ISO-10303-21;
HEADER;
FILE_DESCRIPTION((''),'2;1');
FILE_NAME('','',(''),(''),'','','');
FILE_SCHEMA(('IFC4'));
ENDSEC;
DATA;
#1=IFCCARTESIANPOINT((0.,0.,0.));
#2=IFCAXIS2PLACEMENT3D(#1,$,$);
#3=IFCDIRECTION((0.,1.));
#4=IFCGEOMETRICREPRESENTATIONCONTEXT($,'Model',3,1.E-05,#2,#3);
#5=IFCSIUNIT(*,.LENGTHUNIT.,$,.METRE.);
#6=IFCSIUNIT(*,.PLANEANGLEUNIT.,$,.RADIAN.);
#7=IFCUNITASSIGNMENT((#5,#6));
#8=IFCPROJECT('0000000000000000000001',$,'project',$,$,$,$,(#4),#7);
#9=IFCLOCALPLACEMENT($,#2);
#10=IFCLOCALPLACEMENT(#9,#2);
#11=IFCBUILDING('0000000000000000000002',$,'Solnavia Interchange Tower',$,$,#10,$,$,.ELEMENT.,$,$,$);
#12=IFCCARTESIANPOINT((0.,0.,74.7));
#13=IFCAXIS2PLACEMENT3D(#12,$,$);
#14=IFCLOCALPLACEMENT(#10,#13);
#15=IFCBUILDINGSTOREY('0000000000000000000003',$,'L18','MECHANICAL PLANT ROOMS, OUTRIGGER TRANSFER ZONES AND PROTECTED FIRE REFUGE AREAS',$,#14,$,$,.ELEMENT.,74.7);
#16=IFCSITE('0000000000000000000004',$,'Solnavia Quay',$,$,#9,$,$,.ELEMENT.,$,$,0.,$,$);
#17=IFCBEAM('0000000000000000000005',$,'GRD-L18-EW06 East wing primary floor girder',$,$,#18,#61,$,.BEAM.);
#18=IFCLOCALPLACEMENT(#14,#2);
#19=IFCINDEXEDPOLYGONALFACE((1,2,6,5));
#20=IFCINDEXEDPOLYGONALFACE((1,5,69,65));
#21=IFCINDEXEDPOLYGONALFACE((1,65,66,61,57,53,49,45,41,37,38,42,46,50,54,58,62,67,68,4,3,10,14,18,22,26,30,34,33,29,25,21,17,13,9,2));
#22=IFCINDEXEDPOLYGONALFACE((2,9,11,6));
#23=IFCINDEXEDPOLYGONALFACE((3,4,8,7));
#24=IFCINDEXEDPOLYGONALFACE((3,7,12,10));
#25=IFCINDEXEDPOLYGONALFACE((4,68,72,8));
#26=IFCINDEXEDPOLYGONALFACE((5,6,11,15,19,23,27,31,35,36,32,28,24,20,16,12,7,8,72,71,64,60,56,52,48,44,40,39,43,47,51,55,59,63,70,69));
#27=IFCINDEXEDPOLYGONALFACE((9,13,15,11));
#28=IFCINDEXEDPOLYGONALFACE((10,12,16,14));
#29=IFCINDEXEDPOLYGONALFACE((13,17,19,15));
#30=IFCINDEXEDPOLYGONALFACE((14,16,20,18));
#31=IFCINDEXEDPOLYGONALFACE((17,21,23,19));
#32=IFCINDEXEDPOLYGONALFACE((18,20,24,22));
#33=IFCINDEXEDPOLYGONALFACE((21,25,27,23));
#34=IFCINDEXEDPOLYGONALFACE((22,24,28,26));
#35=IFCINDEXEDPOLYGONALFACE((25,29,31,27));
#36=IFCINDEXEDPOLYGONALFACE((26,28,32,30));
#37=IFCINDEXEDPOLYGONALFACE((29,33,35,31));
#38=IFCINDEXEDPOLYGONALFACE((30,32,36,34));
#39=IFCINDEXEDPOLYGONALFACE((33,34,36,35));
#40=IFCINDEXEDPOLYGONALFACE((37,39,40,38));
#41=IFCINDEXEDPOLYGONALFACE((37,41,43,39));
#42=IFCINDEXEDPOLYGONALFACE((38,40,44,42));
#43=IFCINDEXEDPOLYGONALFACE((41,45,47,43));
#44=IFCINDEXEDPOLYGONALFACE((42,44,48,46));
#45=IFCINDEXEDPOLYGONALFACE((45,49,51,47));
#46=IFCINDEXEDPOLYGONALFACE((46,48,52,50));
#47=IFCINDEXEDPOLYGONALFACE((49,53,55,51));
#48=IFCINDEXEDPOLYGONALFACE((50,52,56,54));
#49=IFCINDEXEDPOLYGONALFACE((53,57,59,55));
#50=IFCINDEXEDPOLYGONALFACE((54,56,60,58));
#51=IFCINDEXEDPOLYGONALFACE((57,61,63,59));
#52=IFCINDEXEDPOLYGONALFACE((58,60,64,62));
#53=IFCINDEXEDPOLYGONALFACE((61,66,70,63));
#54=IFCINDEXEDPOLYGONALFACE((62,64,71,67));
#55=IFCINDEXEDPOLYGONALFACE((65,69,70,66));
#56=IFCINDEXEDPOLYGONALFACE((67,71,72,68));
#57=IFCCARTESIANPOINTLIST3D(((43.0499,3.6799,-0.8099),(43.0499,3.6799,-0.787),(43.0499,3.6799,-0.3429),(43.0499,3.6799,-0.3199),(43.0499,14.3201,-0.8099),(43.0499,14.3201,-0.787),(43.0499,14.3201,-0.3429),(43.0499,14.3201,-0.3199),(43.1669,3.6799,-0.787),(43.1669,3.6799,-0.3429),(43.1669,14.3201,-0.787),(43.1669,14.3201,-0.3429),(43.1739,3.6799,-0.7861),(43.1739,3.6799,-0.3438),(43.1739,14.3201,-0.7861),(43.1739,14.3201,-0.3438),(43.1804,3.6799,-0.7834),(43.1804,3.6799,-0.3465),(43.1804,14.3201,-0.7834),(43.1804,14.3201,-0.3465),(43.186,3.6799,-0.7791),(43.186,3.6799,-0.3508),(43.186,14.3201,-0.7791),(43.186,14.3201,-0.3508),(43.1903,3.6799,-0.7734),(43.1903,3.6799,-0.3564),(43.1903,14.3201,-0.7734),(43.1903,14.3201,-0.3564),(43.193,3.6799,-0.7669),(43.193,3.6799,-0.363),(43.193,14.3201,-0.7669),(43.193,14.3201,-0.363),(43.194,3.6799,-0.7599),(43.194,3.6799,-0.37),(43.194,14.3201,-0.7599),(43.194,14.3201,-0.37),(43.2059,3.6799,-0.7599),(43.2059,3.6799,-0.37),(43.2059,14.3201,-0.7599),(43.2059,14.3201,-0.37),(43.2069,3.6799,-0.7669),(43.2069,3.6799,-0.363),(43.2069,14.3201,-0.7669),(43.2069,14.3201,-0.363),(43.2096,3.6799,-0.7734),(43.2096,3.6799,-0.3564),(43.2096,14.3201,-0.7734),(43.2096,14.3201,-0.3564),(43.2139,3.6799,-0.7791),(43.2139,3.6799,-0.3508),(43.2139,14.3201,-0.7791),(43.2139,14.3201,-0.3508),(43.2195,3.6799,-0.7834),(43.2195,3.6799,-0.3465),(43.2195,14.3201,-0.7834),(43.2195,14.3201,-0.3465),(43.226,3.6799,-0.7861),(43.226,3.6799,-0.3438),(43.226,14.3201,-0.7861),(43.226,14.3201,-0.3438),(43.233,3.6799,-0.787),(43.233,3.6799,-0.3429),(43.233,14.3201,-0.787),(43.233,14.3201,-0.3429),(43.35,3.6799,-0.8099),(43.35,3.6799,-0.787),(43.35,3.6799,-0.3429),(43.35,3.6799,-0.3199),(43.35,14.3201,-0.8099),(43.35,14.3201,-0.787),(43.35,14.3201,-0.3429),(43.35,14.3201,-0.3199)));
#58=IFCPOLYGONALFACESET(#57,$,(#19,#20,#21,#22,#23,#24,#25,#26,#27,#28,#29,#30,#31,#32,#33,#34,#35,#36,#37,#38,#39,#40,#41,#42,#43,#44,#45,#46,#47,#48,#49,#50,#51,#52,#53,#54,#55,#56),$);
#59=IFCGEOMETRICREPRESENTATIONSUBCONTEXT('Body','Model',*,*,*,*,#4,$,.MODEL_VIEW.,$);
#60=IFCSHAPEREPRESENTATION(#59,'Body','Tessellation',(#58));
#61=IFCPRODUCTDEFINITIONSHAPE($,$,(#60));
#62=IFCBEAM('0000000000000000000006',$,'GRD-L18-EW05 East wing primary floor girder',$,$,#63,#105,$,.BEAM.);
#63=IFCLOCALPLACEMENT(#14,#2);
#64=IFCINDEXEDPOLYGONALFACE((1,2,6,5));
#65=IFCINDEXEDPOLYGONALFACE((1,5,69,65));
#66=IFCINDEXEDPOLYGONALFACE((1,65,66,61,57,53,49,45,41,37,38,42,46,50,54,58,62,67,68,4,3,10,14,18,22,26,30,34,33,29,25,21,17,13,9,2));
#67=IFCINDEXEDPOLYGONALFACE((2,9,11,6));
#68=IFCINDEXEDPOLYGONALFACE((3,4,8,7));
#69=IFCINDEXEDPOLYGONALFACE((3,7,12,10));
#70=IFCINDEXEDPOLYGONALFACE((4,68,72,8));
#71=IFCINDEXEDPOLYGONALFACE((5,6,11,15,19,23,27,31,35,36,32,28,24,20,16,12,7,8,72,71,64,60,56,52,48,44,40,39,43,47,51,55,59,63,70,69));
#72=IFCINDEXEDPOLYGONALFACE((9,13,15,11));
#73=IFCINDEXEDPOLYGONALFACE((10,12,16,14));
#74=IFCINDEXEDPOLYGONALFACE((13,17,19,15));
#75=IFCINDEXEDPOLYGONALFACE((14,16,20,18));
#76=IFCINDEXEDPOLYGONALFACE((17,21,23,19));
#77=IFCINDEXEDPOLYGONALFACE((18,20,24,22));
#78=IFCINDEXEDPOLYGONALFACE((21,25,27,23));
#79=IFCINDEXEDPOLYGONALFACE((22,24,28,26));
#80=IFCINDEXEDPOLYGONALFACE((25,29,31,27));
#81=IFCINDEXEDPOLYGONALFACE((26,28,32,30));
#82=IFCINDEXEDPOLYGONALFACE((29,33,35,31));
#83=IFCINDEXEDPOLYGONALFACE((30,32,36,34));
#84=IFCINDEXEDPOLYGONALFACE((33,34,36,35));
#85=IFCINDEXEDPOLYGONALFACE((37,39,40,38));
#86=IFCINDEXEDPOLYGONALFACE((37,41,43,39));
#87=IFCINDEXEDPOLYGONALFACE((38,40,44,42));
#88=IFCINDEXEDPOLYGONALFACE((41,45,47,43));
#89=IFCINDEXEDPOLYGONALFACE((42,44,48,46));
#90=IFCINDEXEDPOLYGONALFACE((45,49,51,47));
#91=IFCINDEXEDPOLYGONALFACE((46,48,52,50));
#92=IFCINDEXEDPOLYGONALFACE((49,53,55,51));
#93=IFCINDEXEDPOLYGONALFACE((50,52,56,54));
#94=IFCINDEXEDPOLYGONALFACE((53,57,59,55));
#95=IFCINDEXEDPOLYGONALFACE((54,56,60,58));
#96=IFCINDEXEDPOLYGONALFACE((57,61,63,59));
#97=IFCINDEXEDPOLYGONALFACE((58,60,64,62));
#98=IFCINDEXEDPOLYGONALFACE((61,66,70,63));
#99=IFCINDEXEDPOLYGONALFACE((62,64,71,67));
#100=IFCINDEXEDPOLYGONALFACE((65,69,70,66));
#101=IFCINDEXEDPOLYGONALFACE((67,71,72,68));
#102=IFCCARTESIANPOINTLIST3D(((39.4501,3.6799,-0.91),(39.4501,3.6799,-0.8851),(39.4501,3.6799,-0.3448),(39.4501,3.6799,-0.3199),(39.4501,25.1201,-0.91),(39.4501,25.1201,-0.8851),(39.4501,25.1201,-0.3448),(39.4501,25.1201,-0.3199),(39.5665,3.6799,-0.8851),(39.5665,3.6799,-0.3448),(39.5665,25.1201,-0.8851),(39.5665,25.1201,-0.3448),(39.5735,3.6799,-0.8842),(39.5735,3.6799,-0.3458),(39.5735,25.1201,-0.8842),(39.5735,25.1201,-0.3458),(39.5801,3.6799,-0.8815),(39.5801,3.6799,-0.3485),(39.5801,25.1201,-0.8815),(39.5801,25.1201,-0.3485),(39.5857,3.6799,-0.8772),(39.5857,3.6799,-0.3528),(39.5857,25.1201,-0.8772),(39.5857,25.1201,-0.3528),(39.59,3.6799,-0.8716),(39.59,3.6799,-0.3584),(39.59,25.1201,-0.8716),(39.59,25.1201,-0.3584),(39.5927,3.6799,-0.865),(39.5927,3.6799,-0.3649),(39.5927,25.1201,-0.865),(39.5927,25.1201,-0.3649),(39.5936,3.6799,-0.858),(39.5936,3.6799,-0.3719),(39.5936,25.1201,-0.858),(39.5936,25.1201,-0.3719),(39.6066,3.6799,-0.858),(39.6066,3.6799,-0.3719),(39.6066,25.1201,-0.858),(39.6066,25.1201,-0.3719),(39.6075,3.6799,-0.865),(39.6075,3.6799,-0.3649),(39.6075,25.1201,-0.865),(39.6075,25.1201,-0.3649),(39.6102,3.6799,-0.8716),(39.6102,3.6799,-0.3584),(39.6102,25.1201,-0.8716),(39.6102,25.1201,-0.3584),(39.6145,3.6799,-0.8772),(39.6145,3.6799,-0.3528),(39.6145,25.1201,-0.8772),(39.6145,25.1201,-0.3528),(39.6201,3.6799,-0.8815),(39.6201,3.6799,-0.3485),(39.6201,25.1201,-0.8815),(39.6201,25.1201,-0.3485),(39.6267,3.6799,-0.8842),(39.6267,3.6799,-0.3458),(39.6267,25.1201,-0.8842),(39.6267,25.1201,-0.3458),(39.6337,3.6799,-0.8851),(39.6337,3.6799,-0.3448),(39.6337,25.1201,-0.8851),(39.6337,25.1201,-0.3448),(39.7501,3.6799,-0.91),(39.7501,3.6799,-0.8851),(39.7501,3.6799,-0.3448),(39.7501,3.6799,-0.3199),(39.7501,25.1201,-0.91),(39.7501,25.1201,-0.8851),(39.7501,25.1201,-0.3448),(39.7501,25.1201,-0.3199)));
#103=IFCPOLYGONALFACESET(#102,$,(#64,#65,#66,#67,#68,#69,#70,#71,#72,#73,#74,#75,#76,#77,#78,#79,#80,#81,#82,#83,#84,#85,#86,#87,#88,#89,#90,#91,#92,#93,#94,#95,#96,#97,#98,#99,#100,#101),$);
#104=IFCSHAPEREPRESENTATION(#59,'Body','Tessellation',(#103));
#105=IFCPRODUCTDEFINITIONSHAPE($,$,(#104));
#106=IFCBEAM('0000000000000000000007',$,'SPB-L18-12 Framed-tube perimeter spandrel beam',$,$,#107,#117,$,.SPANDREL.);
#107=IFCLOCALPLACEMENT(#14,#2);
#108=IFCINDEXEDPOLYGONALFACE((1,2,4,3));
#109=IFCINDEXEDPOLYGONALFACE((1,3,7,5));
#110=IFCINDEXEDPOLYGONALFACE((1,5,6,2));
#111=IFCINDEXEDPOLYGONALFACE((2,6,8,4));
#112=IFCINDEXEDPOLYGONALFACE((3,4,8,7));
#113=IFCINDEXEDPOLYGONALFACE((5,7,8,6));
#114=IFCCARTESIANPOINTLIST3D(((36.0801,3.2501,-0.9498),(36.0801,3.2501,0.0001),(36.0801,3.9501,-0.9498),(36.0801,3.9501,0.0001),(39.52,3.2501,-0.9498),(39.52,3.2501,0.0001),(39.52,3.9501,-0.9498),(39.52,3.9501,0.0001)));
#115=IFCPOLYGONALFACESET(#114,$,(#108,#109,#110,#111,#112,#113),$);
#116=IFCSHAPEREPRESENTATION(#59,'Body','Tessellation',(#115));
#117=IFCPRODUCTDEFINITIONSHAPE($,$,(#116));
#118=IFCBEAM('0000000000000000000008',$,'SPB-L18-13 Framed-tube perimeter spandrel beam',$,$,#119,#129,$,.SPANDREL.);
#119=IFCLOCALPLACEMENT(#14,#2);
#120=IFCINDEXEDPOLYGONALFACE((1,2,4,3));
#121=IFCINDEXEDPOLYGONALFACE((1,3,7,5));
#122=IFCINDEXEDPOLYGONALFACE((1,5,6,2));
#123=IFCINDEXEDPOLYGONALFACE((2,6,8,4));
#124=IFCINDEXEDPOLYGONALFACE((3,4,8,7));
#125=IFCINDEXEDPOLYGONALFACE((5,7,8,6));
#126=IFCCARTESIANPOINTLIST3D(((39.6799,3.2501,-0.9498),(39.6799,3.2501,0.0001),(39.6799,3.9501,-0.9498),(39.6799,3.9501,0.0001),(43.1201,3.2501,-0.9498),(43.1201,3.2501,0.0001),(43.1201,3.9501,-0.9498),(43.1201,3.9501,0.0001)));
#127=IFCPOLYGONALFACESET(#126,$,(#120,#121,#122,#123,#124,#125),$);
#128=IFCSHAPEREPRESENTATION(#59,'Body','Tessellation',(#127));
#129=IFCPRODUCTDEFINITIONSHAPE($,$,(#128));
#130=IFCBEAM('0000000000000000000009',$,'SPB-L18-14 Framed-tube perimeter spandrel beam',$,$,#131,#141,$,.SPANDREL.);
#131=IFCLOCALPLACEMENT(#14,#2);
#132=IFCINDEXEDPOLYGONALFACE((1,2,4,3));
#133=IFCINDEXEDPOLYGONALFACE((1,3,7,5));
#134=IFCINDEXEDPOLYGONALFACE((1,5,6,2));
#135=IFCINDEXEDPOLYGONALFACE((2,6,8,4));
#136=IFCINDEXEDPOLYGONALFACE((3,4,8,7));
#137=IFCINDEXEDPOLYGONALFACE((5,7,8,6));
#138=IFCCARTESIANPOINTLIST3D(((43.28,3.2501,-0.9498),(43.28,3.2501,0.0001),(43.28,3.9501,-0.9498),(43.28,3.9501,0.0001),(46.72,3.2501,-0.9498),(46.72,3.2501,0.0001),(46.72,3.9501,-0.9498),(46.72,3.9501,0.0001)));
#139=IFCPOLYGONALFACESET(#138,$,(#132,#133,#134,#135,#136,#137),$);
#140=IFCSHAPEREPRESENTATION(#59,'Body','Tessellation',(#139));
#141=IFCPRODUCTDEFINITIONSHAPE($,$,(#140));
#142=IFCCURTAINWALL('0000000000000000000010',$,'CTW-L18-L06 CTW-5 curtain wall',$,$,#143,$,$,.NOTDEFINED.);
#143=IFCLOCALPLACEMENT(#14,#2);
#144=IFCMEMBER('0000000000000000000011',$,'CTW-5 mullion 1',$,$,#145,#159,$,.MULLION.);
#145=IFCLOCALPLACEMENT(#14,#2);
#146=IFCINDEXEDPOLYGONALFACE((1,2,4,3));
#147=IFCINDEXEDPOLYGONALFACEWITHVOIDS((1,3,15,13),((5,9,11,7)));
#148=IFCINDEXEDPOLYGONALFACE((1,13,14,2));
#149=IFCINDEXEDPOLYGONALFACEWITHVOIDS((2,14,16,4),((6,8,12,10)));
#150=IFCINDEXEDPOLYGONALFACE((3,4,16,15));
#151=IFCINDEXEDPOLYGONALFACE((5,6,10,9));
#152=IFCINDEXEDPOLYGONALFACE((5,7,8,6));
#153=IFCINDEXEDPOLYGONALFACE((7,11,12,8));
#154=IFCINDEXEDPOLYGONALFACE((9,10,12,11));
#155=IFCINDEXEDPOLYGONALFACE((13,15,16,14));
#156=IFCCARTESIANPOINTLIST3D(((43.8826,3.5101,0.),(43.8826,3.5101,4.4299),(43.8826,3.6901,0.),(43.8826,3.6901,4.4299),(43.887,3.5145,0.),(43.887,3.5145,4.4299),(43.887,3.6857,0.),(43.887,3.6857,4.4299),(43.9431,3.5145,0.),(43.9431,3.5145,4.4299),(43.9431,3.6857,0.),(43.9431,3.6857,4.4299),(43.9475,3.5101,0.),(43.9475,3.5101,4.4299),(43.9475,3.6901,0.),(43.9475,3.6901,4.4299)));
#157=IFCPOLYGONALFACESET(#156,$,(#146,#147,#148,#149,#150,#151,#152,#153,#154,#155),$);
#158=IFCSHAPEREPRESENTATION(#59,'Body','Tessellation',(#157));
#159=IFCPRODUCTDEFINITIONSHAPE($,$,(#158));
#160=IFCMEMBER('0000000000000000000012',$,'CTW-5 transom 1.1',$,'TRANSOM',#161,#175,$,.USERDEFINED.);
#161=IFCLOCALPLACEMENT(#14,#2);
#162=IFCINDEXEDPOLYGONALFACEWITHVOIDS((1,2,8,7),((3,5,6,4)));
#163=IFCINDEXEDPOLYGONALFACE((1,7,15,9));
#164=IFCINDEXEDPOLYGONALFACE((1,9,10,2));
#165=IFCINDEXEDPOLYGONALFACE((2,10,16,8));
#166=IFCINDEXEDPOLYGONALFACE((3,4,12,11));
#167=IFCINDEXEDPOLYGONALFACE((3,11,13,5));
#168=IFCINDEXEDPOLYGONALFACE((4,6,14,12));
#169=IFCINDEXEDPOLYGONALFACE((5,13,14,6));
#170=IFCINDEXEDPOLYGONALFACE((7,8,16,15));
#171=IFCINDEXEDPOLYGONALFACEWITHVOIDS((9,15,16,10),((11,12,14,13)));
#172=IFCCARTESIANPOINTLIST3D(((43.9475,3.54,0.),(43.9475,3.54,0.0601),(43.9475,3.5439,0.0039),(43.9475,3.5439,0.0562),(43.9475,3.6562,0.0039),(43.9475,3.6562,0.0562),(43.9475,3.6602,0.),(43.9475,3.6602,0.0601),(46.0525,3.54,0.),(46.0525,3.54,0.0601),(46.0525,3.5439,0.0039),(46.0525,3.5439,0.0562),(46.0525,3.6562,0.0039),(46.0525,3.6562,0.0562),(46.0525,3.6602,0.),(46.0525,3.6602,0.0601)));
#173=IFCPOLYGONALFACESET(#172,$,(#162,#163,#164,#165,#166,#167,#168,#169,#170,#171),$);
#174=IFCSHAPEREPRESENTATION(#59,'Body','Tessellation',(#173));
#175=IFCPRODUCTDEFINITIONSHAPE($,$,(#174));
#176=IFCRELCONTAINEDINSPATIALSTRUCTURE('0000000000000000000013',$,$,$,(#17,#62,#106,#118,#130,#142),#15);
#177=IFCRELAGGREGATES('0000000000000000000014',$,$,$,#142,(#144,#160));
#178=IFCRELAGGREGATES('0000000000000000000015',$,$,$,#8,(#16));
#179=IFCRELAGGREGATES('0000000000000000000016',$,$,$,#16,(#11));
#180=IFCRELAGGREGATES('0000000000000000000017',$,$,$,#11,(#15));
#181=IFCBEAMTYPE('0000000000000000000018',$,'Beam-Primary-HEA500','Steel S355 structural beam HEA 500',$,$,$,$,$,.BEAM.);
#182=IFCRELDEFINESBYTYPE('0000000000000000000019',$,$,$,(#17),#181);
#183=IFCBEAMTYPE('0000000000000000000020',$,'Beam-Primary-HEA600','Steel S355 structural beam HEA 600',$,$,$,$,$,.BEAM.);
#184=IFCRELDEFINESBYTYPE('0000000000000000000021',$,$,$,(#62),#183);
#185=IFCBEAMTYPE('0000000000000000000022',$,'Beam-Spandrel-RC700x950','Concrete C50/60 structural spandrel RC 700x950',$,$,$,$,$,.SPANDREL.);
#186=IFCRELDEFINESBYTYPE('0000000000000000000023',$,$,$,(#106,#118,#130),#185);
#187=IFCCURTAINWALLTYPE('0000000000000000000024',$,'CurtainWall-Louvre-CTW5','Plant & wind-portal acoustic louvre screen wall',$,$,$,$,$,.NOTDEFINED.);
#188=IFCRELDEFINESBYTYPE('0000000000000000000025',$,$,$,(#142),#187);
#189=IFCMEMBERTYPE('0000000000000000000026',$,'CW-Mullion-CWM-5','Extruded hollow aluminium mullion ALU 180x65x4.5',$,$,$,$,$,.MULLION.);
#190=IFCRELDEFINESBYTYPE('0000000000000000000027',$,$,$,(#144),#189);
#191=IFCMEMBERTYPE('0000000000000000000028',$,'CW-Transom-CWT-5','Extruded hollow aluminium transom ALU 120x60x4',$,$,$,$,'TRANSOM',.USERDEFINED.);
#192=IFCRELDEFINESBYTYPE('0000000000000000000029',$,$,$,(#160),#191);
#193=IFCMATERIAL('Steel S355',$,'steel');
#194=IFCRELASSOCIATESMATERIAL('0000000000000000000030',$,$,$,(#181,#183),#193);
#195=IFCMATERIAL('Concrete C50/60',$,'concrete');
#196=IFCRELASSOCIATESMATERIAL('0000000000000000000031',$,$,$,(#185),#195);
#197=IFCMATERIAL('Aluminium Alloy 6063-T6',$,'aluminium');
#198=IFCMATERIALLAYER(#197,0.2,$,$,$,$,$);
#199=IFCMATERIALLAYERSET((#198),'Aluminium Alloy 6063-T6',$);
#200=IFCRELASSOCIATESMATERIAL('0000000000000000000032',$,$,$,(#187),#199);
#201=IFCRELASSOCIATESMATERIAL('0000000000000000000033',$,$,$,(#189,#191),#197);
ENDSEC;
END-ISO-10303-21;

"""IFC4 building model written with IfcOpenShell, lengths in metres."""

from ifc_helpers import new_model, si_unit, direction, frame, origin, origin_2d, place, context, subcontext, project, spatial, rectangle, hollow_rectangle, i_section, extrude, material, layer, layer_set, material_profile, profile_set, type_object, element, aggregate, save


model = new_model("IFC4")

# Units and contexts
model_context = context("Model", 3, precision=1e-05, world=origin(), true_north=direction((0.0, 1.0)))
body_context = subcontext(model_context, "Body", "Model", "MODEL_VIEW")
ifc_project = project(units=[si_unit("LENGTHUNIT", "METRE"), si_unit("PLANEANGLEUNIT", "RADIAN")], contexts=[model_context])

# Site, building, storey
site_placement = place(None, origin())
site = spatial("IfcSite", under=ifc_project, at=site_placement, Name="Solnavia Quay", CompositionType="ELEMENT", RefElevation=0.0)
building_placement = place(site_placement, origin())
building = spatial("IfcBuilding", under=site, at=building_placement, Name="Solnavia Interchange Tower", CompositionType="ELEMENT")
storey_placement = place(building_placement, frame((0.0, 0.0, 74.7)))
storey = spatial("IfcBuildingStorey", under=building, at=storey_placement, Name="L18", Description="MECHANICAL PLANT ROOMS, OUTRIGGER TRANSFER ZONES AND PROTECTED FIRE REFUGE AREAS", CompositionType="ELEMENT", Elevation=74.7)

# Beams
ifc_material_1 = material(Name="Steel S355", Category="steel")
ifc_material_profile_1 = material_profile(ifc_material_1, i_section(OverallWidth=0.3, OverallDepth=0.49, WebThickness=0.012, FlangeThickness=0.0229, FilletRadius=0.0271, at=origin_2d()), Name="HEA 500")
ifc_profile_set_1 = profile_set([ifc_material_profile_1], Name="Steel S355")
beam_type_1 = type_object("IfcBeamType", Name="Beam-Primary-HEA500", Description="Steel S355 structural beam HEA 500", PredefinedType="BEAM", material=ifc_profile_set_1)
beam_1_placement = place(storey_placement, frame((43.2, 3.6799, -0.5649), z_axis=(0.0, 1.0, 0.0), x_axis=(-1.0, 0.0, 0.0)))
element("IfcBeam", 1, at=beam_1_placement, inside=storey, type_object=beam_type_1, Name="GRD-L18-EW06 East wing primary floor girder", PredefinedType="BEAM", context=body_context, shape_type="SweptSolid", body=[
    extrude(i_section(OverallWidth=0.3, OverallDepth=0.49, WebThickness=0.012, FlangeThickness=0.0229, FilletRadius=0.0271, at=origin_2d()), origin(), (0.0, 0.0, 1.0), 10.6401),
])
ifc_material_profile_2 = material_profile(ifc_material_1, i_section(OverallWidth=0.3, OverallDepth=0.5901, WebThickness=0.0129, FlangeThickness=0.0249, FilletRadius=0.0271, at=origin_2d()), Name="HEA 600")
ifc_profile_set_2 = profile_set([ifc_material_profile_2], Name="Steel S355")
beam_type_2 = type_object("IfcBeamType", Name="Beam-Primary-HEA600", Description="Steel S355 structural beam HEA 600", PredefinedType="BEAM", material=ifc_profile_set_2)
beam_2_placement = place(storey_placement, frame((39.6001, 3.6799, -0.615), z_axis=(0.0, 1.0, 0.0), x_axis=(-1.0, 0.0, 0.0)))
element("IfcBeam", 2, at=beam_2_placement, inside=storey, type_object=beam_type_2, Name="GRD-L18-EW05 East wing primary floor girder", PredefinedType="BEAM", context=body_context, shape_type="SweptSolid", body=[
    extrude(i_section(OverallWidth=0.3, OverallDepth=0.5901, WebThickness=0.0129, FlangeThickness=0.0249, FilletRadius=0.0271, at=origin_2d()), origin(), (0.0, 0.0, 1.0), 21.4402),
])
ifc_material_2 = material(Name="Concrete C50/60", Category="concrete")
ifc_material_profile_3 = material_profile(ifc_material_2, rectangle(XDim=0.7, YDim=0.95, at=origin_2d()), Name="RC 700x950")
ifc_profile_set_3 = profile_set([ifc_material_profile_3], Name="Concrete C50/60")
beam_type_3 = type_object("IfcBeamType", Name="Beam-Spandrel-RC700x950", Description="Concrete C50/60 structural spandrel RC 700x950", PredefinedType="SPANDREL", material=ifc_profile_set_3)
beam_3_placement = place(storey_placement, frame((36.0801, 3.6001, -0.4749), z_axis=(1.0, 0.0, 0.0), x_axis=(0.0, 1.0, 0.0)))
element("IfcBeam", 3, at=beam_3_placement, inside=storey, type_object=beam_type_3, Name="SPB-L18-12 Framed-tube perimeter spandrel beam", PredefinedType="SPANDREL", context=body_context, shape_type="SweptSolid", body=[
    extrude(rectangle(XDim=0.7, YDim=0.95, at=origin_2d()), origin(), (0.0, 0.0, 1.0), 3.4399),
])
beam_4_placement = place(storey_placement, frame((39.6799, 3.6001, -0.4749), z_axis=(1.0, 0.0, 0.0), x_axis=(0.0, 1.0, 0.0)))
element("IfcBeam", 4, at=beam_4_placement, inside=storey, type_object=beam_type_3, Name="SPB-L18-13 Framed-tube perimeter spandrel beam", PredefinedType="SPANDREL", context=body_context, shape_type="SweptSolid", body=[
    extrude(rectangle(XDim=0.7, YDim=0.95, at=origin_2d()), origin(), (0.0, 0.0, 1.0), 3.4402),
])
beam_5_placement = place(storey_placement, frame((43.28, 3.6001, -0.4749), z_axis=(1.0, 0.0, 0.0), x_axis=(0.0, 1.0, 0.0)))
element("IfcBeam", 5, at=beam_5_placement, inside=storey, type_object=beam_type_3, Name="SPB-L18-14 Framed-tube perimeter spandrel beam", PredefinedType="SPANDREL", context=body_context, shape_type="SweptSolid", body=[
    extrude(rectangle(XDim=0.7, YDim=0.95, at=origin_2d()), origin(), (0.0, 0.0, 1.0), 3.4399),
])

# Curtain wall, members
ifc_material_3 = material(Name="Aluminium Alloy 6063-T6", Category="aluminium")
ifc_layer_1 = layer(ifc_material_3, 0.2)
ifc_layer_set_1 = layer_set([ifc_layer_1], Name="Aluminium Alloy 6063-T6")
curtain_wall_type = type_object("IfcCurtainWallType", Name="CurtainWall-Louvre-CTW5", Description="Plant & wind-portal acoustic louvre screen wall", PredefinedType="NOTDEFINED", material=ifc_layer_set_1)
curtain_wall_placement = place(storey_placement, origin())
curtain_wall = element("IfcCurtainWall", 6, at=curtain_wall_placement, inside=storey, type_object=curtain_wall_type, Name="CTW-L18-L06 CTW-5 curtain wall", PredefinedType="NOTDEFINED")
ifc_material_profile_4 = material_profile(ifc_material_3, hollow_rectangle(XDim=0.0649, YDim=0.1799, WallThickness=0.0044, at=origin_2d()), Name="ALU 180x65x4.5")
ifc_profile_set_4 = profile_set([ifc_material_profile_4], Name="Aluminium Alloy 6063-T6")
member_type_1 = type_object("IfcMemberType", Name="CW-Mullion-CWM-5", Description="Extruded hollow aluminium mullion ALU 180x65x4.5", PredefinedType="MULLION", material=ifc_profile_set_4)
member_1_placement = place(storey_placement, frame((43.915, 3.6001, 0.0), z_axis=(0.0, 0.0, 1.0), x_axis=(1.0, 0.0, 0.0)))
member_1 = element("IfcMember", 7, at=member_1_placement, type_object=member_type_1, Name="CTW-5 mullion 1", PredefinedType="MULLION", context=body_context, shape_type="SweptSolid", body=[
    extrude(hollow_rectangle(XDim=0.0649, YDim=0.1799, WallThickness=0.0044, at=origin_2d()), origin(), (0.0, 0.0, 1.0), 4.4299),
])
ifc_material_profile_5 = material_profile(ifc_material_3, hollow_rectangle(XDim=0.0601, YDim=0.1201, WallThickness=0.0039, at=origin_2d()), Name="ALU 120x60x4")
ifc_profile_set_5 = profile_set([ifc_material_profile_5], Name="Aluminium Alloy 6063-T6")
member_type_2 = type_object("IfcMemberType", Name="CW-Transom-CWT-5", Description="Extruded hollow aluminium transom ALU 120x60x4", ElementType="TRANSOM", PredefinedType="USERDEFINED", material=ifc_profile_set_5)
member_2_placement = place(storey_placement, frame((43.9475, 3.6001, 0.03), z_axis=(1.0, 0.0, 0.0), x_axis=(0.0, 0.0, 1.0)))
member_2 = element("IfcMember", 8, at=member_2_placement, type_object=member_type_2, Name="CTW-5 transom 1.1", ObjectType="TRANSOM", PredefinedType="USERDEFINED", context=body_context, shape_type="SweptSolid", body=[
    extrude(hollow_rectangle(XDim=0.0601, YDim=0.1201, WallThickness=0.0039, at=origin_2d()), origin(), (0.0, 0.0, 1.0), 2.105),
])

aggregate(curtain_wall, [member_1, member_2])

save(model, "model.ifc")
